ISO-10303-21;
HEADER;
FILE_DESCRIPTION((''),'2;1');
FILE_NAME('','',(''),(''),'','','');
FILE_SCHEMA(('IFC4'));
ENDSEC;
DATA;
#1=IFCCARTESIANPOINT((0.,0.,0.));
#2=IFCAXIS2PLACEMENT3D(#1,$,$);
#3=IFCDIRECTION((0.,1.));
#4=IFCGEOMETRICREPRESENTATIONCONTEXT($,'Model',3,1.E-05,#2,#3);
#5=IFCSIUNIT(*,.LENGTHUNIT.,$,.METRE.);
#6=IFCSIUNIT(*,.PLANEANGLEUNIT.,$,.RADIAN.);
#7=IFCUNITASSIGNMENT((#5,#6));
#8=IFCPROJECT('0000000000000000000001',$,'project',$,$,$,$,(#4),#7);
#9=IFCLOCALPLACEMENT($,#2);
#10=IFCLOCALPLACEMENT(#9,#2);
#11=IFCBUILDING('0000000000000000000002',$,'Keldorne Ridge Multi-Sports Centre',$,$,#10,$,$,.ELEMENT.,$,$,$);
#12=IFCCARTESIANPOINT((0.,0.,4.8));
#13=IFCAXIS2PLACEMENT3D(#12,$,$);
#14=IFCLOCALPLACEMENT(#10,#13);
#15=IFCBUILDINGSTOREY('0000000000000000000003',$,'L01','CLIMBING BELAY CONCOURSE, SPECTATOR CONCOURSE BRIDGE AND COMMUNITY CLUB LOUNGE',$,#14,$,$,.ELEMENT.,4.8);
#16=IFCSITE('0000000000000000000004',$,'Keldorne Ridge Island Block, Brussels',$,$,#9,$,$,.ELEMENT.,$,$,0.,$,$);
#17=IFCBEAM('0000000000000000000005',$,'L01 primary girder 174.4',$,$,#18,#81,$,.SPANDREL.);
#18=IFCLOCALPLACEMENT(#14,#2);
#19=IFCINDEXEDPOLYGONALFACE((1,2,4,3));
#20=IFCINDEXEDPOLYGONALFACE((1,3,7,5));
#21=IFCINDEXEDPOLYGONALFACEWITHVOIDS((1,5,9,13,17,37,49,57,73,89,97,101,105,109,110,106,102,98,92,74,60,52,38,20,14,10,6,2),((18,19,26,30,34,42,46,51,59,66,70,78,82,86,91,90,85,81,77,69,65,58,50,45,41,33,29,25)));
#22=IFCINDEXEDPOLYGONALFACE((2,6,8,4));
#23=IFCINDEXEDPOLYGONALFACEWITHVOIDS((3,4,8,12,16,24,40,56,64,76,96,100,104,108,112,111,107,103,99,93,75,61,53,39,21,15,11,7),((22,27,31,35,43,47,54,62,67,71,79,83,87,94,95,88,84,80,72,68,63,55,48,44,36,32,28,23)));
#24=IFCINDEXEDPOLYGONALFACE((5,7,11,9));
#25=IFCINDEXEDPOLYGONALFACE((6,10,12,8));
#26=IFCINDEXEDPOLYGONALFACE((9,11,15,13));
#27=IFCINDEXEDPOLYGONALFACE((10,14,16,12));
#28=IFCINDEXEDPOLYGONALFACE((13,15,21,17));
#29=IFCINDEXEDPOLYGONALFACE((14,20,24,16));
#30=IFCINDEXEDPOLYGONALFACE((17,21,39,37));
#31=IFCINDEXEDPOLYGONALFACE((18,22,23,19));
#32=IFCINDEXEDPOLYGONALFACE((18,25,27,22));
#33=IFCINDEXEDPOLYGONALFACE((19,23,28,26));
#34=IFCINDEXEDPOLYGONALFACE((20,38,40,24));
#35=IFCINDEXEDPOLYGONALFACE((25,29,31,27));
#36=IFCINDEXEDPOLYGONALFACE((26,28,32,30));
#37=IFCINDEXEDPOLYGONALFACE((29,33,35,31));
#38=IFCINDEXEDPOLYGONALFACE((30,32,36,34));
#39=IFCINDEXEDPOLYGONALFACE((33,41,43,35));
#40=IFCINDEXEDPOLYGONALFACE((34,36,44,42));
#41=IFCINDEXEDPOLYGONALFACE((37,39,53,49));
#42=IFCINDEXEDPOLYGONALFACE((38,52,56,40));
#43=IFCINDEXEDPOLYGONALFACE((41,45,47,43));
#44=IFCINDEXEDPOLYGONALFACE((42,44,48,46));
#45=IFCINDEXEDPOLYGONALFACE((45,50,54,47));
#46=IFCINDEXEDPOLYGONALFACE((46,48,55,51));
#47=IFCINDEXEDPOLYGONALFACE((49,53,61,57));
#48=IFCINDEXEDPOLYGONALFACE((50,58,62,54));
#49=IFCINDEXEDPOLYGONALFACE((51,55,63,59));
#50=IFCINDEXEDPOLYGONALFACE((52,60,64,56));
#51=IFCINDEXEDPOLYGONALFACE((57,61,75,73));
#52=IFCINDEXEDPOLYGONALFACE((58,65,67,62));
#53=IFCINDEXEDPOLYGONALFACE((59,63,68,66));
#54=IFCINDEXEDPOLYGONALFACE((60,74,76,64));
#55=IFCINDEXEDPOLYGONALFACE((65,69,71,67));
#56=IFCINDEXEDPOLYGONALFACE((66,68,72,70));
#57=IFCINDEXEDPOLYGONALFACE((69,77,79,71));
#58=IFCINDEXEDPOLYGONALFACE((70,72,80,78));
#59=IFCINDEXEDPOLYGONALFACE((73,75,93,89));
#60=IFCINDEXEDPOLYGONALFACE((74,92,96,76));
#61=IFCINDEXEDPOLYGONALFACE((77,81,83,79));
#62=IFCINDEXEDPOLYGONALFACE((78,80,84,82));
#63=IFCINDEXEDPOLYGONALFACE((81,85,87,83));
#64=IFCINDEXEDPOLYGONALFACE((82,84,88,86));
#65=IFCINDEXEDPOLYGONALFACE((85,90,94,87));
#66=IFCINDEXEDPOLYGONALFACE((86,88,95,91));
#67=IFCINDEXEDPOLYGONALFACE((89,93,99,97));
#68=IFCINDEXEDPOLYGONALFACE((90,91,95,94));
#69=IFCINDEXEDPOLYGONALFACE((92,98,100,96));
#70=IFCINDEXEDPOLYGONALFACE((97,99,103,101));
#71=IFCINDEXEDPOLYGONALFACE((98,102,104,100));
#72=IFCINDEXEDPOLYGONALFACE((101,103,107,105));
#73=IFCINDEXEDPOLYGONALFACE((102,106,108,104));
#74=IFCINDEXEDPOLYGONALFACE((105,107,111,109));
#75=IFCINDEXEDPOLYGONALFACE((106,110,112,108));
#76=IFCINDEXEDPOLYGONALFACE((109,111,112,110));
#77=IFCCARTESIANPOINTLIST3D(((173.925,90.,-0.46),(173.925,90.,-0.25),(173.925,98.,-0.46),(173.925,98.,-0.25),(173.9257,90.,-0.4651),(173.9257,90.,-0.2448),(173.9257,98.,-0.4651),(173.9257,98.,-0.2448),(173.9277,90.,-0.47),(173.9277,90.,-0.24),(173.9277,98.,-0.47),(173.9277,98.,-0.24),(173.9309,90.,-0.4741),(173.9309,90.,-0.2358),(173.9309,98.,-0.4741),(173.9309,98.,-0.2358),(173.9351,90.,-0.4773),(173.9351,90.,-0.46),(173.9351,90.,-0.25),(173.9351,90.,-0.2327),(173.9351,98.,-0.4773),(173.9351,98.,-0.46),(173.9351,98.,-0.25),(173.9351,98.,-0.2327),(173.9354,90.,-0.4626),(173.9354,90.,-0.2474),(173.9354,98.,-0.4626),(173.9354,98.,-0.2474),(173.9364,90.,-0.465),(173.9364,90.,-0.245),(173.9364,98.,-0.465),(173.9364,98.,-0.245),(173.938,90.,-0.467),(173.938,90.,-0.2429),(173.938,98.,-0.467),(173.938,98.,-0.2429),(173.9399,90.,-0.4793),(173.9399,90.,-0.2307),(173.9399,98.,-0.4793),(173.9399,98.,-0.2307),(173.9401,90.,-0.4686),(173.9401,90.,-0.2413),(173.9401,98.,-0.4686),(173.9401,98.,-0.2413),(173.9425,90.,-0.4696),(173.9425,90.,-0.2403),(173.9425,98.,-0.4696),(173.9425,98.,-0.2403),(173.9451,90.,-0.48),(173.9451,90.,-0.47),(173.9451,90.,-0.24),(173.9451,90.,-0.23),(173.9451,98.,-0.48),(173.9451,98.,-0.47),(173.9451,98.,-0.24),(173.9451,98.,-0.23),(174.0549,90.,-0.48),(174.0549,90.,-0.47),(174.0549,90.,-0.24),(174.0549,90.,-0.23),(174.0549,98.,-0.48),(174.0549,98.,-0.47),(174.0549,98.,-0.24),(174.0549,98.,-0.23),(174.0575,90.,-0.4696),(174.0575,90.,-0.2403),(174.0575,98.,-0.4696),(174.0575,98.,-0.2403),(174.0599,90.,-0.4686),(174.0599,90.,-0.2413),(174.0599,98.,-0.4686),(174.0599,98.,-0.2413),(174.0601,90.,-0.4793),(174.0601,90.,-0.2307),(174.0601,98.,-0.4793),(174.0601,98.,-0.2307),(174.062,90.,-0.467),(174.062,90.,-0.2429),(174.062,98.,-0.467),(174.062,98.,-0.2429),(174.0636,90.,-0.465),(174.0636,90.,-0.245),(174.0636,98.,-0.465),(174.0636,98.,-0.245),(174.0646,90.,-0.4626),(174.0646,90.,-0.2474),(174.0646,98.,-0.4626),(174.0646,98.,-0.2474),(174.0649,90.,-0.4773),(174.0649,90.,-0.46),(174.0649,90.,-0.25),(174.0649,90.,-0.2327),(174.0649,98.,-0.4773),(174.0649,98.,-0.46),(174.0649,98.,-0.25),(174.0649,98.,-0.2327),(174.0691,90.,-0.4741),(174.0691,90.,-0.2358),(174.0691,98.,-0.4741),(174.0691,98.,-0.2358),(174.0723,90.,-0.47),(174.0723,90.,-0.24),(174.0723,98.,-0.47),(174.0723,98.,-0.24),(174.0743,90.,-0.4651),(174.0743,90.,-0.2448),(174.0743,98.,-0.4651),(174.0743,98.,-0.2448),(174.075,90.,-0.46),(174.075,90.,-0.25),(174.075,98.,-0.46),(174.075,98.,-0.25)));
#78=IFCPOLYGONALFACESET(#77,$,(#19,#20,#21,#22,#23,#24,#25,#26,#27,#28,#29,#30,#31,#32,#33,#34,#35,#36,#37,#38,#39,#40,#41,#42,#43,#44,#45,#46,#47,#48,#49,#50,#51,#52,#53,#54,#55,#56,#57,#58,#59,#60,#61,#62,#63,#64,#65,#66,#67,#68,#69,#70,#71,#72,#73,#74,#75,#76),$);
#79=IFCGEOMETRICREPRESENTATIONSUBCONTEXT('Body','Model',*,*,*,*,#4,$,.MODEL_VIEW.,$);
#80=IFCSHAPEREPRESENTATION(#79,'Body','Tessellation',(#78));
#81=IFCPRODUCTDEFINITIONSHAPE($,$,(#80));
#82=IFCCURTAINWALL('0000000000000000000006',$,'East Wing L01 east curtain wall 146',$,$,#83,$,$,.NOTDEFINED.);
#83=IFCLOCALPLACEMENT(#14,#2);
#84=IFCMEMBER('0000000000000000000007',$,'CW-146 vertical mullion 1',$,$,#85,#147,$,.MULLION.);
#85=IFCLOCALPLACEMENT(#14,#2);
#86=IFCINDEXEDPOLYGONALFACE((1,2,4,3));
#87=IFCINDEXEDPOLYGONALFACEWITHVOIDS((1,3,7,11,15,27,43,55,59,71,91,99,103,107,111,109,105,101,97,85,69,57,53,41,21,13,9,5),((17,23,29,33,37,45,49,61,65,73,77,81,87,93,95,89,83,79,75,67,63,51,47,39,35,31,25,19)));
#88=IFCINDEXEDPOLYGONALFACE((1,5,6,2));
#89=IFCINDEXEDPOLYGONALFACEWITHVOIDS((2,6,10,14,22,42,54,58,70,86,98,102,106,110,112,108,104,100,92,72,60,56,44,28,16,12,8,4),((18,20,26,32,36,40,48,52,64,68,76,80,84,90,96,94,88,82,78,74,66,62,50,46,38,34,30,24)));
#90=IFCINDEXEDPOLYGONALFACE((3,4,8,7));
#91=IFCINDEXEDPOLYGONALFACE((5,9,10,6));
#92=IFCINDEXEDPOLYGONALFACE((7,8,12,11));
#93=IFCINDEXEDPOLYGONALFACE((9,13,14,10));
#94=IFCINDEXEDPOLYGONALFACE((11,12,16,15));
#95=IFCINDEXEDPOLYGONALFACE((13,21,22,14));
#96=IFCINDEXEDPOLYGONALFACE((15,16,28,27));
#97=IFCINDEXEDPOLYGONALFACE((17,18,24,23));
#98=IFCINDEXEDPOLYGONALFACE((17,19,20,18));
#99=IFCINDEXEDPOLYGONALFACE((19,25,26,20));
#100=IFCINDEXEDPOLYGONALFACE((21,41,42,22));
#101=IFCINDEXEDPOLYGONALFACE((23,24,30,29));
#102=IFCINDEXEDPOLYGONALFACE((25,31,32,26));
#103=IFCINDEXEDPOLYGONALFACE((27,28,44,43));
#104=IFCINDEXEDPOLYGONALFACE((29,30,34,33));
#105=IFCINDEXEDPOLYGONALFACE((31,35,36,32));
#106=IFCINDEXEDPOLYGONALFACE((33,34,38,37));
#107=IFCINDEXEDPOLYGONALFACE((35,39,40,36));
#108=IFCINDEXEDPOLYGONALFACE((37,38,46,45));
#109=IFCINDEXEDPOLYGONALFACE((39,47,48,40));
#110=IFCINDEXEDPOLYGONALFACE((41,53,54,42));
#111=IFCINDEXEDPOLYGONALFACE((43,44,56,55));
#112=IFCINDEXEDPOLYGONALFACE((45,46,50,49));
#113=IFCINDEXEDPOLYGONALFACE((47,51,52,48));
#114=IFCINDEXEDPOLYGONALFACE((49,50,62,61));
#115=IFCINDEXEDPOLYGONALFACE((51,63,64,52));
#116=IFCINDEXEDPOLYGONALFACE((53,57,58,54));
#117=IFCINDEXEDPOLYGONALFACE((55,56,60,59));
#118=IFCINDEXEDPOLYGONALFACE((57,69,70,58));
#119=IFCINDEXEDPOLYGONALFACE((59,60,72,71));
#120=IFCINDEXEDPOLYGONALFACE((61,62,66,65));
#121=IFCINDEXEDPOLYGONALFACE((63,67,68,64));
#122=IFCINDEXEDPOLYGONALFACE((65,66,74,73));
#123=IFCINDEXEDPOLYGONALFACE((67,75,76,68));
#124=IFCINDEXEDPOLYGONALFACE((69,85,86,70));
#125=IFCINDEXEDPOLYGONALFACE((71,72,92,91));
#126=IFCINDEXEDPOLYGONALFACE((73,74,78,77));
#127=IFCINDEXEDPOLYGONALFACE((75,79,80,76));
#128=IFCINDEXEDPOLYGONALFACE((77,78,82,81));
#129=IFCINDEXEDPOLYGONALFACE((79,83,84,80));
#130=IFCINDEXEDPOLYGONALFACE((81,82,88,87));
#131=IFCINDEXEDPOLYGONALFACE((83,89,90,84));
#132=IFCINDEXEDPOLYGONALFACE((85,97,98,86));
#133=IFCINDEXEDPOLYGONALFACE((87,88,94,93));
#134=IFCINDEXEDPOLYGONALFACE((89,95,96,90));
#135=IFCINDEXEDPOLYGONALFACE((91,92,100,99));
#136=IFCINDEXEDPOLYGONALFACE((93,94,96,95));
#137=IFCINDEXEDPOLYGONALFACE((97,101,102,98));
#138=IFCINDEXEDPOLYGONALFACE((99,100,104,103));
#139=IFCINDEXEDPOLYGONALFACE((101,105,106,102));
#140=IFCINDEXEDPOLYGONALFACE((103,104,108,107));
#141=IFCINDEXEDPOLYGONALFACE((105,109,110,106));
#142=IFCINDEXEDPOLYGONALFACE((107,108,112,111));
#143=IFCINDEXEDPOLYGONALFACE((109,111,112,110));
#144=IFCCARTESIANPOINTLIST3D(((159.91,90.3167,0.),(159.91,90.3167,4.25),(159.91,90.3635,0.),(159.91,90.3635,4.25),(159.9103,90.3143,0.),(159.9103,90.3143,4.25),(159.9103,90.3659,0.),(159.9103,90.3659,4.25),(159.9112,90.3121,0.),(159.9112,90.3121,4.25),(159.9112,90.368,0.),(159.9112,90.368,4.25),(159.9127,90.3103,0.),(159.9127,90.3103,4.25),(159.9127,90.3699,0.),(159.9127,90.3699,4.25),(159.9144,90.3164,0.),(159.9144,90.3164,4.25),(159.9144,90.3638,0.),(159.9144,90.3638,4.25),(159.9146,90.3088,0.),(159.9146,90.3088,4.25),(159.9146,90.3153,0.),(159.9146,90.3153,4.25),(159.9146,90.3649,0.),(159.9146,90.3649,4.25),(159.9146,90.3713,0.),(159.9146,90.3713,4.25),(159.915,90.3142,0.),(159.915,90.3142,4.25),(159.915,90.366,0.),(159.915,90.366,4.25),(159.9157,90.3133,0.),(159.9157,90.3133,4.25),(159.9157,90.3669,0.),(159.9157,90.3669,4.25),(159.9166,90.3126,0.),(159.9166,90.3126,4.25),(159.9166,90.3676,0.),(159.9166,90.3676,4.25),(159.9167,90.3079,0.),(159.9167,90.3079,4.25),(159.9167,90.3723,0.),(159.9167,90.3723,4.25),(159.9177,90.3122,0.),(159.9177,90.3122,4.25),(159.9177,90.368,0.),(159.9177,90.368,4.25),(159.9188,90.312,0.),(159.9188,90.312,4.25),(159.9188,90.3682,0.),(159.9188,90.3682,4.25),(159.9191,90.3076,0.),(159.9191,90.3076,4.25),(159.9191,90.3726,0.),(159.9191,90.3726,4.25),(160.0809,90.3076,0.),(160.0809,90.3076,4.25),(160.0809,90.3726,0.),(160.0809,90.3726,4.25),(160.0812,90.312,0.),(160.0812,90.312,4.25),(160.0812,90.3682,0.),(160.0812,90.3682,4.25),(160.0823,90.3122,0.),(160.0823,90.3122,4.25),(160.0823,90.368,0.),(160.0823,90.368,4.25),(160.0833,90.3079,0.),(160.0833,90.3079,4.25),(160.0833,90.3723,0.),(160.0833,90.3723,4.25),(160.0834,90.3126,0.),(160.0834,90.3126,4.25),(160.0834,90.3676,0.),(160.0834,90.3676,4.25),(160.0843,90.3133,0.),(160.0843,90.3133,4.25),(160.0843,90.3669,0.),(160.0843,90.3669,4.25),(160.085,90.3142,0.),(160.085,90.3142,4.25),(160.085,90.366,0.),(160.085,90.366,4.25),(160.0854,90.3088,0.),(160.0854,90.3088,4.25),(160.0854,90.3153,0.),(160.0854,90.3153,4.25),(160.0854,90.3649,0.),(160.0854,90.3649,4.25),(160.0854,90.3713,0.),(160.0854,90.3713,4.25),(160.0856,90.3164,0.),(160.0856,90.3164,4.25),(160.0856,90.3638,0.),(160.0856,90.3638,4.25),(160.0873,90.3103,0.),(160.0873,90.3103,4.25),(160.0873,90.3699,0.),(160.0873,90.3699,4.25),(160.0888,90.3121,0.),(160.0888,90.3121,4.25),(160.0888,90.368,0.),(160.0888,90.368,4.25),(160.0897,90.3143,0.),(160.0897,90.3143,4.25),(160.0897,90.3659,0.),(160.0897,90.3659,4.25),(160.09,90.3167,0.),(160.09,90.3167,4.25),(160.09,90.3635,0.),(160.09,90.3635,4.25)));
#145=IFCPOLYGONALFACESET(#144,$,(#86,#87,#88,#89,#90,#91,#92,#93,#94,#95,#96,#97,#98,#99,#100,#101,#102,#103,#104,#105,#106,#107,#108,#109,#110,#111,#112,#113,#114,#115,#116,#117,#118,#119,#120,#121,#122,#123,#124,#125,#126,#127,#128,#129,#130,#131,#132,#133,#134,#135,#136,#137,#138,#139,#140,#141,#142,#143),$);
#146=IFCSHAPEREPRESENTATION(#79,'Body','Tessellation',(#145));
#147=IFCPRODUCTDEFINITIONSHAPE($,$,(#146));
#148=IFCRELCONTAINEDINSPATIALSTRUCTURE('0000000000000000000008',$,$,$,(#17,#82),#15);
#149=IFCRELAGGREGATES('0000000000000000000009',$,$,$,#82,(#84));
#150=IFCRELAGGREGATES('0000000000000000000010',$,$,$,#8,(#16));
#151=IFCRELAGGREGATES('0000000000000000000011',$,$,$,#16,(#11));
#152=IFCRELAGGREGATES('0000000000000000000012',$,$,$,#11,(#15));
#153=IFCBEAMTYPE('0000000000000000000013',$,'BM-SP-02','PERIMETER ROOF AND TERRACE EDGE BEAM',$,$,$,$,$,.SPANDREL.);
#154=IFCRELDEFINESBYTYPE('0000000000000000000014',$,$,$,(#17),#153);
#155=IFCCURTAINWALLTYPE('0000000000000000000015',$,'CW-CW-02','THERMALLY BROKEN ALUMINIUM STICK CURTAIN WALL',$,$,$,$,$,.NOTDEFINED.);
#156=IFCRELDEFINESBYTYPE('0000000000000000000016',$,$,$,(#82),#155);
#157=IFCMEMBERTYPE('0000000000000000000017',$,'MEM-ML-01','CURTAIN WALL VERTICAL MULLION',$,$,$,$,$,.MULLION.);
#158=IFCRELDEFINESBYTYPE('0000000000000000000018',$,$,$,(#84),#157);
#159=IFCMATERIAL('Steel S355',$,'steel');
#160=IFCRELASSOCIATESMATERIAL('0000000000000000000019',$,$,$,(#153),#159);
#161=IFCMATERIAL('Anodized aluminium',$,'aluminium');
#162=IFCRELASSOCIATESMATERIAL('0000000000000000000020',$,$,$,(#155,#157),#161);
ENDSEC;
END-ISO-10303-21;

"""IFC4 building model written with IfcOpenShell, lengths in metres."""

from ifc_helpers import new_model, si_unit, direction, frame, origin, origin_2d, place, context, subcontext, project, spatial, hollow_rectangle, extrude, material, material_profile, profile_set, type_object, element, aggregate, save


model = new_model("IFC4")

# Units and contexts
model_context = context("Model", 3, precision=1e-05, world=origin(), true_north=direction((0.0, 1.0)))
body_context = subcontext(model_context, "Body", "Model", "MODEL_VIEW")
ifc_project = project(units=[si_unit("LENGTHUNIT", "METRE"), si_unit("PLANEANGLEUNIT", "RADIAN")], contexts=[model_context])

# Site, building, storey
site_placement = place(None, origin())
site = spatial("IfcSite", under=ifc_project, at=site_placement, Name="Keldorne Ridge Island Block, Brussels", CompositionType="ELEMENT", RefElevation=0.0)
building_placement = place(site_placement, origin())
building = spatial("IfcBuilding", under=site, at=building_placement, Name="Keldorne Ridge Multi-Sports Centre", CompositionType="ELEMENT")
storey_placement = place(building_placement, frame((0.0, 0.0, 4.8)))
storey = spatial("IfcBuildingStorey", under=building, at=storey_placement, Name="L01", Description="CLIMBING BELAY CONCOURSE, SPECTATOR CONCOURSE BRIDGE AND COMMUNITY CLUB LOUNGE", CompositionType="ELEMENT", Elevation=4.8)

# Shared definitions
ifc_material_1 = material(Name="Steel S355", Category="steel")

# Beam
ifc_material_profile_1 = material_profile(ifc_material_1, hollow_rectangle(XDim=0.1499, YDim=0.25, WallThickness=0.01, InnerFilletRadius=0.01, OuterFilletRadius=0.02, at=origin_2d()), Name="RHS 250x150x10")
ifc_profile_set_1 = profile_set([ifc_material_profile_1], Name="Steel S355")
beam_type_1 = type_object("IfcBeamType", Name="BM-SP-02", Description="PERIMETER ROOF AND TERRACE EDGE BEAM", PredefinedType="SPANDREL", material=ifc_profile_set_1)
beam_1_placement = place(storey_placement, frame((174.0, 90.0, -0.355), z_axis=(0.0, 1.0, 0.0), x_axis=(-1.0, 0.0, 0.0)))
element("IfcBeam", 1, at=beam_1_placement, inside=storey, type_object=beam_type_1, Name="L01 primary girder 174.4", PredefinedType="SPANDREL", context=body_context, shape_type="SweptSolid", body=[
    extrude(hollow_rectangle(XDim=0.1499, YDim=0.25, WallThickness=0.01, InnerFilletRadius=0.01, OuterFilletRadius=0.02, at=origin_2d()), origin(), (0.0, 0.0, 1.0), 8.0),
])

# Curtain wall, member
ifc_material_2 = material(Name="Anodized aluminium", Category="aluminium")
curtain_wall_type = type_object("IfcCurtainWallType", Name="CW-CW-02", Description="THERMALLY BROKEN ALUMINIUM STICK CURTAIN WALL", PredefinedType="NOTDEFINED", material=ifc_material_2)
curtain_wall_placement = place(storey_placement, origin())
curtain_wall = element("IfcCurtainWall", 2, at=curtain_wall_placement, inside=storey, type_object=curtain_wall_type, Name="East Wing L01 east curtain wall 146", PredefinedType="NOTDEFINED")
ifc_material_profile_2 = material_profile(ifc_material_2, hollow_rectangle(XDim=0.0649, YDim=0.1799, WallThickness=0.0044, InnerFilletRadius=0.0044, OuterFilletRadius=0.009, at=origin_2d()), Name="ALU MULLION 180x65x4.5")
ifc_profile_set_2 = profile_set([ifc_material_profile_2], Name="Anodized aluminium")
member_type_1 = type_object("IfcMemberType", Name="MEM-ML-01", Description="CURTAIN WALL VERTICAL MULLION", PredefinedType="MULLION", material=ifc_profile_set_2)
member_1_placement = place(storey_placement, frame((160.0, 90.3401, 0.0), z_axis=(0.0, 0.0, 1.0), x_axis=(0.0, 1.0, 0.0)))
member_1 = element("IfcMember", 3, at=member_1_placement, type_object=member_type_1, Name="CW-146 vertical mullion 1", PredefinedType="MULLION", context=body_context, shape_type="SweptSolid", body=[
    extrude(hollow_rectangle(XDim=0.0649, YDim=0.1799, WallThickness=0.0044, InnerFilletRadius=0.0044, OuterFilletRadius=0.009, at=origin_2d()), origin(), (0.0, 0.0, 1.0), 4.25),
])
aggregate(curtain_wall, [member_1])

save(model, "model.ifc")
